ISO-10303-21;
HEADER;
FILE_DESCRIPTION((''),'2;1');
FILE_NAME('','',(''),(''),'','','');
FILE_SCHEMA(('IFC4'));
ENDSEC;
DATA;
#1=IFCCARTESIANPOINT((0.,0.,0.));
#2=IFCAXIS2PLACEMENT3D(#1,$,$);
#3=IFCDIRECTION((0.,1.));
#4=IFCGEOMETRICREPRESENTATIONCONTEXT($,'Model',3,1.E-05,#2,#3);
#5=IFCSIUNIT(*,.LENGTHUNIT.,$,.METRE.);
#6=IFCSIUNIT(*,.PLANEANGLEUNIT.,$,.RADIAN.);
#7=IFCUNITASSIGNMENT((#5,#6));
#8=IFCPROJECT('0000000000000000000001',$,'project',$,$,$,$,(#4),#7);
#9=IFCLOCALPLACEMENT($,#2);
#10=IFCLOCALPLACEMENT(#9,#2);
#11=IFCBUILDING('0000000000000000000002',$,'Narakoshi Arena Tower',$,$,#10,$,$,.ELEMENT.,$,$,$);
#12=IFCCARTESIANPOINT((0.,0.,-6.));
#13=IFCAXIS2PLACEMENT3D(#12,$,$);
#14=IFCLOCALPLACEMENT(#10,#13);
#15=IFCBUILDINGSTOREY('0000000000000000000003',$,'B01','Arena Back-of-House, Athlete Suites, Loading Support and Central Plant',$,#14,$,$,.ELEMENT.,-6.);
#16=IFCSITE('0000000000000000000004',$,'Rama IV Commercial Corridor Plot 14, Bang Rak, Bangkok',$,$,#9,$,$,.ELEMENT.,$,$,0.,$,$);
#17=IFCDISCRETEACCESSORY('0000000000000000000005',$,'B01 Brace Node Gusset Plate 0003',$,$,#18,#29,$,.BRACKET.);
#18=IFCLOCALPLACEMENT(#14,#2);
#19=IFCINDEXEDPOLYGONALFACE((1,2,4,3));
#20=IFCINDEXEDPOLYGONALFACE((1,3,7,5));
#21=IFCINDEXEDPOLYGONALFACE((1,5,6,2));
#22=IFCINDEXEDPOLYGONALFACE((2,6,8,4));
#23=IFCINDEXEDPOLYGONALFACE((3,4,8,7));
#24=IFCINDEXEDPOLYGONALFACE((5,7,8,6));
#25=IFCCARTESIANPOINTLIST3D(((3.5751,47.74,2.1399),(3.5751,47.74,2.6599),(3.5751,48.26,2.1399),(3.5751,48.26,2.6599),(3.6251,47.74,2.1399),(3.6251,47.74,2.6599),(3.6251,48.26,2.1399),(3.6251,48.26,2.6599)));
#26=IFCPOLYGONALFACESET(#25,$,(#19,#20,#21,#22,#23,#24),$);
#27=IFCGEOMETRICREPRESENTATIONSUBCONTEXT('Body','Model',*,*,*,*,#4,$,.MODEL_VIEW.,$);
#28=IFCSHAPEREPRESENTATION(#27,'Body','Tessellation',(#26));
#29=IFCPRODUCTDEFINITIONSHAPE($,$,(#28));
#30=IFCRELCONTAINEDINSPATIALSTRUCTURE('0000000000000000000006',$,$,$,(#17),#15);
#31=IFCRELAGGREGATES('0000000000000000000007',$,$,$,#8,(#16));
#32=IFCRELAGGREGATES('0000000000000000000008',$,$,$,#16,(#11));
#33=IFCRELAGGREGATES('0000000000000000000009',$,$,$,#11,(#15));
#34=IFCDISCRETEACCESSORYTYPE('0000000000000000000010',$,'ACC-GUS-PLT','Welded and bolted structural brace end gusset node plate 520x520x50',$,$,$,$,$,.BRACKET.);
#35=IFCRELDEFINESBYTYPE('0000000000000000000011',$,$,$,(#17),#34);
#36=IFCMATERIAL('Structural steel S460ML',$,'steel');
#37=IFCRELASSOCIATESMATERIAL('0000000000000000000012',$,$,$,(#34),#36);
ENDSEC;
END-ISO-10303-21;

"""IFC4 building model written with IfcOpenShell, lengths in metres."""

from ifc_helpers import new_model, si_unit, direction, frame, origin, origin_2d, place, context, subcontext, project, spatial, rectangle, extrude, material, type_object, element, save


model = new_model("IFC4")

# Units and contexts
model_context = context("Model", 3, precision=1e-05, world=origin(), true_north=direction((0.0, 1.0)))
body_context = subcontext(model_context, "Body", "Model", "MODEL_VIEW")
ifc_project = project(units=[si_unit("LENGTHUNIT", "METRE"), si_unit("PLANEANGLEUNIT", "RADIAN")], contexts=[model_context])

# Site, building, storey
site_placement = place(None, origin())
site = spatial("IfcSite", under=ifc_project, at=site_placement, Name="Rama IV Commercial Corridor Plot 14, Bang Rak, Bangkok", CompositionType="ELEMENT", RefElevation=0.0)
building_placement = place(site_placement, origin())
building = spatial("IfcBuilding", under=site, at=building_placement, Name="Narakoshi Arena Tower", CompositionType="ELEMENT")
storey_placement = place(building_placement, frame((0.0, 0.0, -6.0)))
storey = spatial("IfcBuildingStorey", under=building, at=storey_placement, Name="B01", Description="Arena Back-of-House, Athlete Suites, Loading Support and Central Plant", CompositionType="ELEMENT", Elevation=-6.0)

# Discrete accessory
ifc_material_1 = material(Name="Structural steel S460ML", Category="steel")
discrete_accessory_type = type_object("IfcDiscreteAccessoryType", Name="ACC-GUS-PLT", Description="Welded and bolted structural brace end gusset node plate 520x520x50", PredefinedType="BRACKET", material=ifc_material_1)
for number, where, z_axis, x_axis, name in (
    (1, (3.6001, 48.0, 2.1399), (0.0, 0.0, 1.0), (0.0, 1.0, 0.0), "B01 Brace Node Gusset Plate 0003"),
):
    element("IfcDiscreteAccessory", number, at=place(storey_placement, frame(where, z_axis=z_axis, x_axis=x_axis)), inside=storey, type_object=discrete_accessory_type, Name=name, PredefinedType="BRACKET", context=body_context, shape_type="SweptSolid", body=[
        extrude(rectangle(XDim=0.52, YDim=0.05, at=origin_2d()), origin(), (0.0, 0.0, 1.0), 0.52),
    ])

save(model, "model.ifc")
